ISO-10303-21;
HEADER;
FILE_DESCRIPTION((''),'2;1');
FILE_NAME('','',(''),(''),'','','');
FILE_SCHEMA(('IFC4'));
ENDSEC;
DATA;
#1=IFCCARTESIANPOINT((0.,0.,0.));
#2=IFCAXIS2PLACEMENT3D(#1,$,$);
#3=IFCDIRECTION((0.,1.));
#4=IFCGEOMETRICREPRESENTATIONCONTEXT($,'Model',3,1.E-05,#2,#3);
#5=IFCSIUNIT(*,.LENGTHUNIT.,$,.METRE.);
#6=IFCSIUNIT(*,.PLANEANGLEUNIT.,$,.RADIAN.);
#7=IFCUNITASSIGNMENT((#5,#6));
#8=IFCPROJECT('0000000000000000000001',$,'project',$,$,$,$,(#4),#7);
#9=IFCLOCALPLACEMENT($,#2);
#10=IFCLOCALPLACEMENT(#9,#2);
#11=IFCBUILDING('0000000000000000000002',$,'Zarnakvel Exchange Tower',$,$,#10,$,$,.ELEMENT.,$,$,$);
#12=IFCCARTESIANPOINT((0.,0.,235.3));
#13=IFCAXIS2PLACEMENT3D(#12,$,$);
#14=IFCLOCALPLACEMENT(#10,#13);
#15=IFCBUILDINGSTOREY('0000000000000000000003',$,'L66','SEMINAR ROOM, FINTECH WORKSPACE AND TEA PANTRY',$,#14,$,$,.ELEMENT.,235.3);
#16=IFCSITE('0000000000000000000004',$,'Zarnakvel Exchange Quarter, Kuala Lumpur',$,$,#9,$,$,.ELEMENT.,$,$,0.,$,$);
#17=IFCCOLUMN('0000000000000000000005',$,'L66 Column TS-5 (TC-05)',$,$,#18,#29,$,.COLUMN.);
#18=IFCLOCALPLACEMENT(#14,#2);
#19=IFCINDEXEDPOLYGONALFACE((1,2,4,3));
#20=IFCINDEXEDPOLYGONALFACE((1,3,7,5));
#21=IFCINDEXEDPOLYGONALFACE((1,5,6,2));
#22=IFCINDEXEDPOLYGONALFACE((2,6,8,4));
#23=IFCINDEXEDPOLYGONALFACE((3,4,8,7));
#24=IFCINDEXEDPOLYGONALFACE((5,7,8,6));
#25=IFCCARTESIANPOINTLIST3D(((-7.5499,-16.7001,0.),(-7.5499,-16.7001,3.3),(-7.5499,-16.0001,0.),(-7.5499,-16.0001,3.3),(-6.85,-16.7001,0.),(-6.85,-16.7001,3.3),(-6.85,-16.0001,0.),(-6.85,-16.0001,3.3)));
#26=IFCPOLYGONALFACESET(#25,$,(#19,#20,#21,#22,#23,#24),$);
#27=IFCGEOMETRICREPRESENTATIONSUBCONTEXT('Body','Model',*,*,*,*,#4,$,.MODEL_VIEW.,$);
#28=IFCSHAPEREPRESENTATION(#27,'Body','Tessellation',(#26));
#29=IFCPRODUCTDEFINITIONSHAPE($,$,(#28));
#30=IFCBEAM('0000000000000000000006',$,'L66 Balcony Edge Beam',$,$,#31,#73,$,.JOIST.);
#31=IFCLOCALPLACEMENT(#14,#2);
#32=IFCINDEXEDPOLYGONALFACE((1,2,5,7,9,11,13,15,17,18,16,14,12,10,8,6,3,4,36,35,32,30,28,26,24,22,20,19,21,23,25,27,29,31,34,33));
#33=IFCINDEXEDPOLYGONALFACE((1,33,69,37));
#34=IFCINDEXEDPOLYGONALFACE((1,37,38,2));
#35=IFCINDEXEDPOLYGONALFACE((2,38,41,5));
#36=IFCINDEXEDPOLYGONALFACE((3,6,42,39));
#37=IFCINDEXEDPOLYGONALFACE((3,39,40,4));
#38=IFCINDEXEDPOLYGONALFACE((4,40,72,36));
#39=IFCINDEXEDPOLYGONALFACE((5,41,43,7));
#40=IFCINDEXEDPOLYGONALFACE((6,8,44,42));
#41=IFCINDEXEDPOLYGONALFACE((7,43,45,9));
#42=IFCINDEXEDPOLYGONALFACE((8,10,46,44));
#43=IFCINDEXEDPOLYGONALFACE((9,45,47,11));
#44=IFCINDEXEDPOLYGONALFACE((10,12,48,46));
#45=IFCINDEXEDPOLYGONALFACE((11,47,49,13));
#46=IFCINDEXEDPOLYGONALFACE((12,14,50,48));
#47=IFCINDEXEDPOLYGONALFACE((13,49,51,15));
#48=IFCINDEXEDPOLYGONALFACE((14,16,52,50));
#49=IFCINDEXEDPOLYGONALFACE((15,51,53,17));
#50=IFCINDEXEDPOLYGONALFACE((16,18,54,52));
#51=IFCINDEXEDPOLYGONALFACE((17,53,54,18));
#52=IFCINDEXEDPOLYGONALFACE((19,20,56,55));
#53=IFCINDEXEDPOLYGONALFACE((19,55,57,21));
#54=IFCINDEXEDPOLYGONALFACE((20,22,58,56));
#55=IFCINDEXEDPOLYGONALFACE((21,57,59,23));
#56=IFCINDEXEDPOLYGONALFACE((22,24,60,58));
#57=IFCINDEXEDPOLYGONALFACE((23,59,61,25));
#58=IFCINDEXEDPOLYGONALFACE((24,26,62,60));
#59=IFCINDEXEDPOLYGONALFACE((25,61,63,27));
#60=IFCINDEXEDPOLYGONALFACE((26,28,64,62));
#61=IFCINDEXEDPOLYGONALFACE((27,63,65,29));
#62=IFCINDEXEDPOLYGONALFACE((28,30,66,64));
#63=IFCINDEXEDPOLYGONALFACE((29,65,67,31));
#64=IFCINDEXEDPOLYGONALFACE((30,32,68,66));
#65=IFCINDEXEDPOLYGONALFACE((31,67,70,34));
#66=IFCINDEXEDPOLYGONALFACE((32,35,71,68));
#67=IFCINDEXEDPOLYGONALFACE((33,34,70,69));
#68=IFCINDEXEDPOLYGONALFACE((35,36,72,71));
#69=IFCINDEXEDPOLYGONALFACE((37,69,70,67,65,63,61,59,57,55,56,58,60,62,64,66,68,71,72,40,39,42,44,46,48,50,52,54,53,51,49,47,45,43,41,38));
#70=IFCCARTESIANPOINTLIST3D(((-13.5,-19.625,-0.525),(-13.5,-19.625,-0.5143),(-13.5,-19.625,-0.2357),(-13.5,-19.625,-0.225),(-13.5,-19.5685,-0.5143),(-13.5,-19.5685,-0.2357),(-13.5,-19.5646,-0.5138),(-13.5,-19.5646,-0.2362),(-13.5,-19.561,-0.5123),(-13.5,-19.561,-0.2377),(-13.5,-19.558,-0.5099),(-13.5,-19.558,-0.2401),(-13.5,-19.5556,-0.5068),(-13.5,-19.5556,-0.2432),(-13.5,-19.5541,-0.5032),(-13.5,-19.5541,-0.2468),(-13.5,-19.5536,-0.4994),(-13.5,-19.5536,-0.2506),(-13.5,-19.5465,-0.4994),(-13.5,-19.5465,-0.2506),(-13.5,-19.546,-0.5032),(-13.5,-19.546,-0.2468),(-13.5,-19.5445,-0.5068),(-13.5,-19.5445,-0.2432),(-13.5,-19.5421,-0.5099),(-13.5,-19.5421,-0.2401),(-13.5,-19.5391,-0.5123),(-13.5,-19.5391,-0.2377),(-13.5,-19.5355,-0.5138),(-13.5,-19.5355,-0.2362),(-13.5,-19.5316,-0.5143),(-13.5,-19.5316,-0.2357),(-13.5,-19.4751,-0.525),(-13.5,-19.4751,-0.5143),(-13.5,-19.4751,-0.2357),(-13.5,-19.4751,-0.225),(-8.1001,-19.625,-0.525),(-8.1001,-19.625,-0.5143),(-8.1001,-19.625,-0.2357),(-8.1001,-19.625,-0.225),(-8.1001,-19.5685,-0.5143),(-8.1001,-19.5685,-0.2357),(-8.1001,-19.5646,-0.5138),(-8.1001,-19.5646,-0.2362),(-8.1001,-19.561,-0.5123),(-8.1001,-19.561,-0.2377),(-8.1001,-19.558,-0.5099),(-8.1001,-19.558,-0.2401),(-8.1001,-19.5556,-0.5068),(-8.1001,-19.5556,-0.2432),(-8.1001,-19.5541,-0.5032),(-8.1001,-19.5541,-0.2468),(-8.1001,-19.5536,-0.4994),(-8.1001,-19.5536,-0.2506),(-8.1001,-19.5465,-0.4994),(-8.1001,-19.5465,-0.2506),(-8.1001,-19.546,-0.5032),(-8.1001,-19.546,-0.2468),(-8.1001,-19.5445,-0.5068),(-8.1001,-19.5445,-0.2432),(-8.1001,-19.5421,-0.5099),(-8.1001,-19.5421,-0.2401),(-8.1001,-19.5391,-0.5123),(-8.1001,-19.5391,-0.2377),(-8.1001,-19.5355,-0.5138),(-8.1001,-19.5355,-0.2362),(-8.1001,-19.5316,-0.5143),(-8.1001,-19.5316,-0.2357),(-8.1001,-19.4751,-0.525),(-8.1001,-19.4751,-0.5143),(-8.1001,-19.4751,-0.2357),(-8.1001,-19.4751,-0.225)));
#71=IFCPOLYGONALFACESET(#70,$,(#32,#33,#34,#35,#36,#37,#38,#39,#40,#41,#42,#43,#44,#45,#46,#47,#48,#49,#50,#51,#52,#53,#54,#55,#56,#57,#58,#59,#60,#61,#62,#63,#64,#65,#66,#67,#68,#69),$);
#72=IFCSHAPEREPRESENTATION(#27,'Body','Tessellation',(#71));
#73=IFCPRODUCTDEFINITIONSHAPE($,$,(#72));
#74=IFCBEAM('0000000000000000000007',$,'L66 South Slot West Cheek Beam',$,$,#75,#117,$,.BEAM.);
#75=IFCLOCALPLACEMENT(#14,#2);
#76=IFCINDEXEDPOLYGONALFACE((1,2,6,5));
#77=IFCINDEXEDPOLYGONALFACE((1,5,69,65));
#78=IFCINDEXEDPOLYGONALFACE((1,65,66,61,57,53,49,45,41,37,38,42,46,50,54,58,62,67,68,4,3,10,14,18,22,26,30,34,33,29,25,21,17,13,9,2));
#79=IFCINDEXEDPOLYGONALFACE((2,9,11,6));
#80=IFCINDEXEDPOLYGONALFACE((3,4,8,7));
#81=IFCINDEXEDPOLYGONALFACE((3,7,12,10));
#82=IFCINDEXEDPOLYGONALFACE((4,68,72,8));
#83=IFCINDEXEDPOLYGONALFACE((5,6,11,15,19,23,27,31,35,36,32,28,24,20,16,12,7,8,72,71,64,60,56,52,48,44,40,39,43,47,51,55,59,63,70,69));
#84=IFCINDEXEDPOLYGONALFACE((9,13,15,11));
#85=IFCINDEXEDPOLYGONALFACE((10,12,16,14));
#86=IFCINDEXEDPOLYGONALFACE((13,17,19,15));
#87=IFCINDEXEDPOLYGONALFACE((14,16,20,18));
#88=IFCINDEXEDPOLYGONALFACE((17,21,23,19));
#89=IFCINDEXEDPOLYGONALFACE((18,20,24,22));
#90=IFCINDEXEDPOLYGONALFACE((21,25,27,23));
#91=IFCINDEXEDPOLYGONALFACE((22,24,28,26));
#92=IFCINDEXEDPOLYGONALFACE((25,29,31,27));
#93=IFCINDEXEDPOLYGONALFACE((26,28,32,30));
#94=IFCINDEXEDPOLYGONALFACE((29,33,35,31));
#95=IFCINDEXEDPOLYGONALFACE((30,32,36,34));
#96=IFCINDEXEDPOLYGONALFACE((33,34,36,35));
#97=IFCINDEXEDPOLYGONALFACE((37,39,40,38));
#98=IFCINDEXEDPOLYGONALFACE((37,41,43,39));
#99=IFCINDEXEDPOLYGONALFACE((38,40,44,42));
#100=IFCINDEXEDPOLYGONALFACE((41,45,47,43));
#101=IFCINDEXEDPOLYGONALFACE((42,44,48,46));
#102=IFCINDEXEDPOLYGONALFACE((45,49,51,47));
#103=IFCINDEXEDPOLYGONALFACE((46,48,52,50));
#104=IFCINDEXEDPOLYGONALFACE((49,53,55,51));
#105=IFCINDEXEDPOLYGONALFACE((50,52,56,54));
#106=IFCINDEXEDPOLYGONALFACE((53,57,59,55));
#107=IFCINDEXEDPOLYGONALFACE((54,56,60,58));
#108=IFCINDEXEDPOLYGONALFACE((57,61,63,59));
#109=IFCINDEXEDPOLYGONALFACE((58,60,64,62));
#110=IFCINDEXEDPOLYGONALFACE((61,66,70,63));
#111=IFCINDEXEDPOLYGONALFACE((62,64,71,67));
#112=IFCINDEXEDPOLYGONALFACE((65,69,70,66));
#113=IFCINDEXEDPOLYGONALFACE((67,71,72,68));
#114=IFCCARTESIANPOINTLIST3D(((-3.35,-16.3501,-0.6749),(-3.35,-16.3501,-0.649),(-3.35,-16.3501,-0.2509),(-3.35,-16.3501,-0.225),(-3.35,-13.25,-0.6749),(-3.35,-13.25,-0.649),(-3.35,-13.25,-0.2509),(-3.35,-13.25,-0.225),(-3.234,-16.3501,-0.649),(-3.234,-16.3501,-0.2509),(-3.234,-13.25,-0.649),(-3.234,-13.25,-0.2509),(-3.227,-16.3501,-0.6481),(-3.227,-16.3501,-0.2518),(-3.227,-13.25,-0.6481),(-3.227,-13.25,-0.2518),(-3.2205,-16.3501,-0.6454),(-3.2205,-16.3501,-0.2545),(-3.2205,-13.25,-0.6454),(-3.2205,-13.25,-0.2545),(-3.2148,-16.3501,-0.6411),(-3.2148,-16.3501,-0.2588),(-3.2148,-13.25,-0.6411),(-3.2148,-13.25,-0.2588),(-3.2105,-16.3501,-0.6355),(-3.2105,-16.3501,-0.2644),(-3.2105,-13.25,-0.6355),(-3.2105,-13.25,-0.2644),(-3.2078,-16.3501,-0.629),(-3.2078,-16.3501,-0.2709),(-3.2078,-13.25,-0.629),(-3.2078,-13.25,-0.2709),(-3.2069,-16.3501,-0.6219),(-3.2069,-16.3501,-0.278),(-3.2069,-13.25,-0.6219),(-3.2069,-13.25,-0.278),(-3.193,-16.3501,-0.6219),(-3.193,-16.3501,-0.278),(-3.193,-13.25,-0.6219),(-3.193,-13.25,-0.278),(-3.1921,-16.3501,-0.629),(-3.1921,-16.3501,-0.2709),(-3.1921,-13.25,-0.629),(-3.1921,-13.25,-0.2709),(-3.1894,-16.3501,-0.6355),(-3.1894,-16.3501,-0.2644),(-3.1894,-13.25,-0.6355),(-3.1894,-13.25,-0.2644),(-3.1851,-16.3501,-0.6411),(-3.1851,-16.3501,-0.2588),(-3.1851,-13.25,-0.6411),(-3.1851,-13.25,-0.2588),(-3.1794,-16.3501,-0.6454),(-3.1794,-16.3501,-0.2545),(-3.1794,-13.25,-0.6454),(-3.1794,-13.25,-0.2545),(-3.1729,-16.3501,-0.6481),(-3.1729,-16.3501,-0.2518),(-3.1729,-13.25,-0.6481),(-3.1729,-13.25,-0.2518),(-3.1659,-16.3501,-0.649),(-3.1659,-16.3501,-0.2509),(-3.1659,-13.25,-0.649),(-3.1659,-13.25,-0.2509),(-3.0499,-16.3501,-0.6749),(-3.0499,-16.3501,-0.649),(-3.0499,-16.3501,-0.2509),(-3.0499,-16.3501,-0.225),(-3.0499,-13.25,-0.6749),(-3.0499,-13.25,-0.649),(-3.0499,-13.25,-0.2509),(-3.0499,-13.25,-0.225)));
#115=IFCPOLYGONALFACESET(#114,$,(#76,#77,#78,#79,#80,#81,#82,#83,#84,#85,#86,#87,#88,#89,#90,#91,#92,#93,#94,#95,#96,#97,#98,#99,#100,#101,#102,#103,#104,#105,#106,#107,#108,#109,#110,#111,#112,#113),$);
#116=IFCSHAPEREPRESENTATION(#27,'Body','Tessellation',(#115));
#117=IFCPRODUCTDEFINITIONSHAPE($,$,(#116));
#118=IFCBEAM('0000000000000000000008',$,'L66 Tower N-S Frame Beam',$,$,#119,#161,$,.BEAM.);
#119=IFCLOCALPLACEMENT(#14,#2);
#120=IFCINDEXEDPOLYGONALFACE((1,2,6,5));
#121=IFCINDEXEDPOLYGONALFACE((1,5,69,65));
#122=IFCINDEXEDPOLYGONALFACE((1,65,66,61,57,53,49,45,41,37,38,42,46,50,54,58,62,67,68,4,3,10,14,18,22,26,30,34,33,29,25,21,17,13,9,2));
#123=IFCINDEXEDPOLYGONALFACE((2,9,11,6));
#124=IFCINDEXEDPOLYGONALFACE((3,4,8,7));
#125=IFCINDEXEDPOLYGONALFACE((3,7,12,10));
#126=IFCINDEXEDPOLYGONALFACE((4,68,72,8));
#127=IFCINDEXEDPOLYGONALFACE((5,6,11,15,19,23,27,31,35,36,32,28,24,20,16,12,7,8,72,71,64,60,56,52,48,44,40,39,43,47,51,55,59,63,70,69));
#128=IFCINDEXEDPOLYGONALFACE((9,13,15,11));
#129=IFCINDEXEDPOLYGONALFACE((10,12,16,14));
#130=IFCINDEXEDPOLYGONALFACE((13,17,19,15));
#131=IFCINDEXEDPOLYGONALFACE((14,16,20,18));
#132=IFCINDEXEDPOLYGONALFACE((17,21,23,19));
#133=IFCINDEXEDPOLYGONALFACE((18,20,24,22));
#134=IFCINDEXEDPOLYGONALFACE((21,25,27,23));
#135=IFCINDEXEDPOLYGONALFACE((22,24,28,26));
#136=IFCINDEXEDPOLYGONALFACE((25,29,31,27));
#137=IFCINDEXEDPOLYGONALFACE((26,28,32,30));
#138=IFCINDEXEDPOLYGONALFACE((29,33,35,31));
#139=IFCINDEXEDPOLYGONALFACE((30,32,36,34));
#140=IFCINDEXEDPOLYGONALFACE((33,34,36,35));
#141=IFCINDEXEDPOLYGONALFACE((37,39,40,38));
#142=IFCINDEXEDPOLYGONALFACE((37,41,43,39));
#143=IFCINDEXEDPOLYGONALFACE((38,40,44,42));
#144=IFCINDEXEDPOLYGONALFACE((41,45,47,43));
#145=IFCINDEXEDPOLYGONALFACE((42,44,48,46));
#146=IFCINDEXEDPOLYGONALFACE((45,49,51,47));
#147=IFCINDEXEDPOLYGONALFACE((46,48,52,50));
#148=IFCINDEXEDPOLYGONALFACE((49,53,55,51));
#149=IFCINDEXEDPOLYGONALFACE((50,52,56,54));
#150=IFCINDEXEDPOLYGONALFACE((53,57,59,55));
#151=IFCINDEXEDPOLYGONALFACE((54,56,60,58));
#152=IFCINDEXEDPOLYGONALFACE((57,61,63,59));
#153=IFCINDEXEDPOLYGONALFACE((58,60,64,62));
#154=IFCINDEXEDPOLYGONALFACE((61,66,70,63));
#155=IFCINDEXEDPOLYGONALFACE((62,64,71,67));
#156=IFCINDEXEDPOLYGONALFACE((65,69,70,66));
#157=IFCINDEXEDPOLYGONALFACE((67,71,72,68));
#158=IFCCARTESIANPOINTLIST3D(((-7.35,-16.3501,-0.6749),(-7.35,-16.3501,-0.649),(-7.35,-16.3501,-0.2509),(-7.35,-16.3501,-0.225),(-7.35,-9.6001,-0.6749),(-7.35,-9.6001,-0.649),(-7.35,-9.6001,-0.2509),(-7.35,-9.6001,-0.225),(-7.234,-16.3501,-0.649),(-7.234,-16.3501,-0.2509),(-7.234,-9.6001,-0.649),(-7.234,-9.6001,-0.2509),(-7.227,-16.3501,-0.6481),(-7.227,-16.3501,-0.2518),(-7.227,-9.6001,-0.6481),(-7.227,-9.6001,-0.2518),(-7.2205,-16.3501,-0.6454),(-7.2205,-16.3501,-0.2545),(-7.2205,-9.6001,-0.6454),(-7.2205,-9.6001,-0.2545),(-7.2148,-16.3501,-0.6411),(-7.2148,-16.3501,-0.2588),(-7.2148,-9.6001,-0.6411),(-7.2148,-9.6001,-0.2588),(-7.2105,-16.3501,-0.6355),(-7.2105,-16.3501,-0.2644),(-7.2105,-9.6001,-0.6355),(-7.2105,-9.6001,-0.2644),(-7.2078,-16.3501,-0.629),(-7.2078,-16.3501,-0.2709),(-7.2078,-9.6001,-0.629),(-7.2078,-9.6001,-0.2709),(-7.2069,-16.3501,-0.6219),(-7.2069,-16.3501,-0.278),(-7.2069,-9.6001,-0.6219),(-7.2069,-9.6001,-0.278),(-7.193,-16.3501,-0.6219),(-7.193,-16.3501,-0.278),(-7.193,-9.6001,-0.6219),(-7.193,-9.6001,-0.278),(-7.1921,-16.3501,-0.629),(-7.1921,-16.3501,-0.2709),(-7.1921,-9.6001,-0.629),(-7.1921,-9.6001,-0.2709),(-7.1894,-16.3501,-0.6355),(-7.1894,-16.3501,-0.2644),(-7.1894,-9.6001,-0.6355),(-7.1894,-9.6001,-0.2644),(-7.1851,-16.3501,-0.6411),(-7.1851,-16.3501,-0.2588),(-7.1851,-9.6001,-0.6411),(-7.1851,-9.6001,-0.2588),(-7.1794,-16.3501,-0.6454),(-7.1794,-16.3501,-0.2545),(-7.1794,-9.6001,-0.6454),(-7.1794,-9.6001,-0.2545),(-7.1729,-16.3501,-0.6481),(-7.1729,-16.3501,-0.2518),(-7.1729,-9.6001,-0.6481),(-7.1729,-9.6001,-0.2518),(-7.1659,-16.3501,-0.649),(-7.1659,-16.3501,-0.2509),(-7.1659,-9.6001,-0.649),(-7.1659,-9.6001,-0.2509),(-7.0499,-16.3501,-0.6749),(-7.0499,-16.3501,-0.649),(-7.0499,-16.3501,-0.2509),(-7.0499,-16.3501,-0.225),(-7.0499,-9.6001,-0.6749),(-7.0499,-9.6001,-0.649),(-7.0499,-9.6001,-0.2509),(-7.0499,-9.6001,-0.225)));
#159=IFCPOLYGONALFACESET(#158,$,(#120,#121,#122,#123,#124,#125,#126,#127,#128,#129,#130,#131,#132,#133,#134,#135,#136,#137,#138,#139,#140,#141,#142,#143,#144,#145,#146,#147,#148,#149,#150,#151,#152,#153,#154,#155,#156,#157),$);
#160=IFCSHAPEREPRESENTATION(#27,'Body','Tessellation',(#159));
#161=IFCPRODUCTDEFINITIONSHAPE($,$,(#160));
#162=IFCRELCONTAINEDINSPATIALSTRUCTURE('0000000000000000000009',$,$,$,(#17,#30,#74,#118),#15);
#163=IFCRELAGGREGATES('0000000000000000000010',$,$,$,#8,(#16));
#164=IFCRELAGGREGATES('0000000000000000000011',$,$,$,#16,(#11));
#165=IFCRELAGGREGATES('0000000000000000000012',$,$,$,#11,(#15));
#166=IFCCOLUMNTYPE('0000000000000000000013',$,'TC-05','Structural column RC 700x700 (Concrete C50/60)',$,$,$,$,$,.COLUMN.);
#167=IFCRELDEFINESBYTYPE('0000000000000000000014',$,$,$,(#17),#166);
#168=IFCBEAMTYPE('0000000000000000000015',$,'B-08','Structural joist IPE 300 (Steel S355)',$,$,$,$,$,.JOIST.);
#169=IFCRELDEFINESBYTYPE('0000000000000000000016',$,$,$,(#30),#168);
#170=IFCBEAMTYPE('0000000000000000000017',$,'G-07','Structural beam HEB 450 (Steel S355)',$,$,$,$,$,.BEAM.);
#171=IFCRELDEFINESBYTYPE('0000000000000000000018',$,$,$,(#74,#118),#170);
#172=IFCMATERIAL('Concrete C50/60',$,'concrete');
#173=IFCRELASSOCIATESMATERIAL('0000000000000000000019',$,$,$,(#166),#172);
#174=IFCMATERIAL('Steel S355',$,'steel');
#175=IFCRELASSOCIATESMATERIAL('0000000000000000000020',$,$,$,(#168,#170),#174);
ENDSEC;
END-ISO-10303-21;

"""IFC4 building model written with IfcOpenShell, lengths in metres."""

from ifc_helpers import new_model, si_unit, direction, frame, origin, origin_2d, place, context, subcontext, project, spatial, rectangle, i_section, extrude, material, material_profile, profile_set, type_object, element, save


model = new_model("IFC4")

# Units and contexts
model_context = context("Model", 3, precision=1e-05, world=origin(), true_north=direction((0.0, 1.0)))
body_context = subcontext(model_context, "Body", "Model", "MODEL_VIEW")
ifc_project = project(units=[si_unit("LENGTHUNIT", "METRE"), si_unit("PLANEANGLEUNIT", "RADIAN")], contexts=[model_context])

# Site, building, storey
site_placement = place(None, origin())
site = spatial("IfcSite", under=ifc_project, at=site_placement, Name="Zarnakvel Exchange Quarter, Kuala Lumpur", CompositionType="ELEMENT", RefElevation=0.0)
building_placement = place(site_placement, origin())
building = spatial("IfcBuilding", under=site, at=building_placement, Name="Zarnakvel Exchange Tower", CompositionType="ELEMENT")
storey_placement = place(building_placement, frame((0.0, 0.0, 235.3)))
storey = spatial("IfcBuildingStorey", under=building, at=storey_placement, Name="L66", Description="SEMINAR ROOM, FINTECH WORKSPACE AND TEA PANTRY", CompositionType="ELEMENT", Elevation=235.3)

# Column
ifc_material_1 = material(Name="Concrete C50/60", Category="concrete")
ifc_material_profile_1 = material_profile(ifc_material_1, rectangle(XDim=0.7, YDim=0.7, at=origin_2d()))
ifc_profile_set_1 = profile_set([ifc_material_profile_1], Name="Concrete C50/60")
column_type = type_object("IfcColumnType", Name="TC-05", Description="Structural column RC 700x700 (Concrete C50/60)", PredefinedType="COLUMN", material=ifc_profile_set_1)
column_placement = place(storey_placement, frame((-7.2, -16.3501, 0.0), z_axis=(0.0, 0.0, 1.0), x_axis=(1.0, 0.0, 0.0)))
element("IfcColumn", 1, at=column_placement, inside=storey, type_object=column_type, Name="L66 Column TS-5 (TC-05)", PredefinedType="COLUMN", context=body_context, shape_type="SweptSolid", body=[
    extrude(rectangle(XDim=0.7, YDim=0.7, at=origin_2d()), origin(), (0.0, 0.0, 1.0), 3.3),
])

# Beams
ifc_material_2 = material(Name="Steel S355", Category="steel")
ifc_material_profile_2 = material_profile(ifc_material_2, i_section(OverallWidth=0.1499, OverallDepth=0.3, WebThickness=0.0071, FlangeThickness=0.0107, FilletRadius=0.0149, at=origin_2d()))
ifc_profile_set_2 = profile_set([ifc_material_profile_2], Name="Steel S355")
beam_type_1 = type_object("IfcBeamType", Name="B-08", Description="Structural joist IPE 300 (Steel S355)", PredefinedType="JOIST", material=ifc_profile_set_2)
beam_1_placement = place(storey_placement, frame((-13.5, -19.55, -0.375), z_axis=(1.0, 0.0, 0.0), x_axis=(0.0, 1.0, 0.0)))
element("IfcBeam", 2, at=beam_1_placement, inside=storey, type_object=beam_type_1, Name="L66 Balcony Edge Beam", PredefinedType="JOIST", context=body_context, shape_type="SweptSolid", body=[
    extrude(i_section(OverallWidth=0.1499, OverallDepth=0.3, WebThickness=0.0071, FlangeThickness=0.0107, FilletRadius=0.0149, at=origin_2d()), origin(), (0.0, 0.0, 1.0), 5.3999),
])
ifc_material_profile_3 = material_profile(ifc_material_2, i_section(OverallWidth=0.3, OverallDepth=0.45, WebThickness=0.0139, FlangeThickness=0.0259, FilletRadius=0.0271, at=origin_2d()))
ifc_profile_set_3 = profile_set([ifc_material_profile_3], Name="Steel S355")
beam_type_2 = type_object("IfcBeamType", Name="G-07", Description="Structural beam HEB 450 (Steel S355)", PredefinedType="BEAM", material=ifc_profile_set_3)
beam_2_placement = place(storey_placement, frame((-3.2, -16.3501, -0.45), z_axis=(0.0, 1.0, 0.0), x_axis=(-1.0, 0.0, 0.0)))
element("IfcBeam", 3, at=beam_2_placement, inside=storey, type_object=beam_type_2, Name="L66 South Slot West Cheek Beam", PredefinedType="BEAM", context=body_context, shape_type="SweptSolid", body=[
    extrude(i_section(OverallWidth=0.3, OverallDepth=0.45, WebThickness=0.0139, FlangeThickness=0.0259, FilletRadius=0.0271, at=origin_2d()), origin(), (0.0, 0.0, 1.0), 3.1001),
])
beam_3_placement = place(storey_placement, frame((-7.2, -16.3501, -0.45), z_axis=(0.0, 1.0, 0.0), x_axis=(-1.0, 0.0, 0.0)))
element("IfcBeam", 4, at=beam_3_placement, inside=storey, type_object=beam_type_2, Name="L66 Tower N-S Frame Beam", PredefinedType="BEAM", context=body_context, shape_type="SweptSolid", body=[
    extrude(i_section(OverallWidth=0.3, OverallDepth=0.45, WebThickness=0.0139, FlangeThickness=0.0259, FilletRadius=0.0271, at=origin_2d()), origin(), (0.0, 0.0, 1.0), 6.75),
])

save(model, "model.ifc")
